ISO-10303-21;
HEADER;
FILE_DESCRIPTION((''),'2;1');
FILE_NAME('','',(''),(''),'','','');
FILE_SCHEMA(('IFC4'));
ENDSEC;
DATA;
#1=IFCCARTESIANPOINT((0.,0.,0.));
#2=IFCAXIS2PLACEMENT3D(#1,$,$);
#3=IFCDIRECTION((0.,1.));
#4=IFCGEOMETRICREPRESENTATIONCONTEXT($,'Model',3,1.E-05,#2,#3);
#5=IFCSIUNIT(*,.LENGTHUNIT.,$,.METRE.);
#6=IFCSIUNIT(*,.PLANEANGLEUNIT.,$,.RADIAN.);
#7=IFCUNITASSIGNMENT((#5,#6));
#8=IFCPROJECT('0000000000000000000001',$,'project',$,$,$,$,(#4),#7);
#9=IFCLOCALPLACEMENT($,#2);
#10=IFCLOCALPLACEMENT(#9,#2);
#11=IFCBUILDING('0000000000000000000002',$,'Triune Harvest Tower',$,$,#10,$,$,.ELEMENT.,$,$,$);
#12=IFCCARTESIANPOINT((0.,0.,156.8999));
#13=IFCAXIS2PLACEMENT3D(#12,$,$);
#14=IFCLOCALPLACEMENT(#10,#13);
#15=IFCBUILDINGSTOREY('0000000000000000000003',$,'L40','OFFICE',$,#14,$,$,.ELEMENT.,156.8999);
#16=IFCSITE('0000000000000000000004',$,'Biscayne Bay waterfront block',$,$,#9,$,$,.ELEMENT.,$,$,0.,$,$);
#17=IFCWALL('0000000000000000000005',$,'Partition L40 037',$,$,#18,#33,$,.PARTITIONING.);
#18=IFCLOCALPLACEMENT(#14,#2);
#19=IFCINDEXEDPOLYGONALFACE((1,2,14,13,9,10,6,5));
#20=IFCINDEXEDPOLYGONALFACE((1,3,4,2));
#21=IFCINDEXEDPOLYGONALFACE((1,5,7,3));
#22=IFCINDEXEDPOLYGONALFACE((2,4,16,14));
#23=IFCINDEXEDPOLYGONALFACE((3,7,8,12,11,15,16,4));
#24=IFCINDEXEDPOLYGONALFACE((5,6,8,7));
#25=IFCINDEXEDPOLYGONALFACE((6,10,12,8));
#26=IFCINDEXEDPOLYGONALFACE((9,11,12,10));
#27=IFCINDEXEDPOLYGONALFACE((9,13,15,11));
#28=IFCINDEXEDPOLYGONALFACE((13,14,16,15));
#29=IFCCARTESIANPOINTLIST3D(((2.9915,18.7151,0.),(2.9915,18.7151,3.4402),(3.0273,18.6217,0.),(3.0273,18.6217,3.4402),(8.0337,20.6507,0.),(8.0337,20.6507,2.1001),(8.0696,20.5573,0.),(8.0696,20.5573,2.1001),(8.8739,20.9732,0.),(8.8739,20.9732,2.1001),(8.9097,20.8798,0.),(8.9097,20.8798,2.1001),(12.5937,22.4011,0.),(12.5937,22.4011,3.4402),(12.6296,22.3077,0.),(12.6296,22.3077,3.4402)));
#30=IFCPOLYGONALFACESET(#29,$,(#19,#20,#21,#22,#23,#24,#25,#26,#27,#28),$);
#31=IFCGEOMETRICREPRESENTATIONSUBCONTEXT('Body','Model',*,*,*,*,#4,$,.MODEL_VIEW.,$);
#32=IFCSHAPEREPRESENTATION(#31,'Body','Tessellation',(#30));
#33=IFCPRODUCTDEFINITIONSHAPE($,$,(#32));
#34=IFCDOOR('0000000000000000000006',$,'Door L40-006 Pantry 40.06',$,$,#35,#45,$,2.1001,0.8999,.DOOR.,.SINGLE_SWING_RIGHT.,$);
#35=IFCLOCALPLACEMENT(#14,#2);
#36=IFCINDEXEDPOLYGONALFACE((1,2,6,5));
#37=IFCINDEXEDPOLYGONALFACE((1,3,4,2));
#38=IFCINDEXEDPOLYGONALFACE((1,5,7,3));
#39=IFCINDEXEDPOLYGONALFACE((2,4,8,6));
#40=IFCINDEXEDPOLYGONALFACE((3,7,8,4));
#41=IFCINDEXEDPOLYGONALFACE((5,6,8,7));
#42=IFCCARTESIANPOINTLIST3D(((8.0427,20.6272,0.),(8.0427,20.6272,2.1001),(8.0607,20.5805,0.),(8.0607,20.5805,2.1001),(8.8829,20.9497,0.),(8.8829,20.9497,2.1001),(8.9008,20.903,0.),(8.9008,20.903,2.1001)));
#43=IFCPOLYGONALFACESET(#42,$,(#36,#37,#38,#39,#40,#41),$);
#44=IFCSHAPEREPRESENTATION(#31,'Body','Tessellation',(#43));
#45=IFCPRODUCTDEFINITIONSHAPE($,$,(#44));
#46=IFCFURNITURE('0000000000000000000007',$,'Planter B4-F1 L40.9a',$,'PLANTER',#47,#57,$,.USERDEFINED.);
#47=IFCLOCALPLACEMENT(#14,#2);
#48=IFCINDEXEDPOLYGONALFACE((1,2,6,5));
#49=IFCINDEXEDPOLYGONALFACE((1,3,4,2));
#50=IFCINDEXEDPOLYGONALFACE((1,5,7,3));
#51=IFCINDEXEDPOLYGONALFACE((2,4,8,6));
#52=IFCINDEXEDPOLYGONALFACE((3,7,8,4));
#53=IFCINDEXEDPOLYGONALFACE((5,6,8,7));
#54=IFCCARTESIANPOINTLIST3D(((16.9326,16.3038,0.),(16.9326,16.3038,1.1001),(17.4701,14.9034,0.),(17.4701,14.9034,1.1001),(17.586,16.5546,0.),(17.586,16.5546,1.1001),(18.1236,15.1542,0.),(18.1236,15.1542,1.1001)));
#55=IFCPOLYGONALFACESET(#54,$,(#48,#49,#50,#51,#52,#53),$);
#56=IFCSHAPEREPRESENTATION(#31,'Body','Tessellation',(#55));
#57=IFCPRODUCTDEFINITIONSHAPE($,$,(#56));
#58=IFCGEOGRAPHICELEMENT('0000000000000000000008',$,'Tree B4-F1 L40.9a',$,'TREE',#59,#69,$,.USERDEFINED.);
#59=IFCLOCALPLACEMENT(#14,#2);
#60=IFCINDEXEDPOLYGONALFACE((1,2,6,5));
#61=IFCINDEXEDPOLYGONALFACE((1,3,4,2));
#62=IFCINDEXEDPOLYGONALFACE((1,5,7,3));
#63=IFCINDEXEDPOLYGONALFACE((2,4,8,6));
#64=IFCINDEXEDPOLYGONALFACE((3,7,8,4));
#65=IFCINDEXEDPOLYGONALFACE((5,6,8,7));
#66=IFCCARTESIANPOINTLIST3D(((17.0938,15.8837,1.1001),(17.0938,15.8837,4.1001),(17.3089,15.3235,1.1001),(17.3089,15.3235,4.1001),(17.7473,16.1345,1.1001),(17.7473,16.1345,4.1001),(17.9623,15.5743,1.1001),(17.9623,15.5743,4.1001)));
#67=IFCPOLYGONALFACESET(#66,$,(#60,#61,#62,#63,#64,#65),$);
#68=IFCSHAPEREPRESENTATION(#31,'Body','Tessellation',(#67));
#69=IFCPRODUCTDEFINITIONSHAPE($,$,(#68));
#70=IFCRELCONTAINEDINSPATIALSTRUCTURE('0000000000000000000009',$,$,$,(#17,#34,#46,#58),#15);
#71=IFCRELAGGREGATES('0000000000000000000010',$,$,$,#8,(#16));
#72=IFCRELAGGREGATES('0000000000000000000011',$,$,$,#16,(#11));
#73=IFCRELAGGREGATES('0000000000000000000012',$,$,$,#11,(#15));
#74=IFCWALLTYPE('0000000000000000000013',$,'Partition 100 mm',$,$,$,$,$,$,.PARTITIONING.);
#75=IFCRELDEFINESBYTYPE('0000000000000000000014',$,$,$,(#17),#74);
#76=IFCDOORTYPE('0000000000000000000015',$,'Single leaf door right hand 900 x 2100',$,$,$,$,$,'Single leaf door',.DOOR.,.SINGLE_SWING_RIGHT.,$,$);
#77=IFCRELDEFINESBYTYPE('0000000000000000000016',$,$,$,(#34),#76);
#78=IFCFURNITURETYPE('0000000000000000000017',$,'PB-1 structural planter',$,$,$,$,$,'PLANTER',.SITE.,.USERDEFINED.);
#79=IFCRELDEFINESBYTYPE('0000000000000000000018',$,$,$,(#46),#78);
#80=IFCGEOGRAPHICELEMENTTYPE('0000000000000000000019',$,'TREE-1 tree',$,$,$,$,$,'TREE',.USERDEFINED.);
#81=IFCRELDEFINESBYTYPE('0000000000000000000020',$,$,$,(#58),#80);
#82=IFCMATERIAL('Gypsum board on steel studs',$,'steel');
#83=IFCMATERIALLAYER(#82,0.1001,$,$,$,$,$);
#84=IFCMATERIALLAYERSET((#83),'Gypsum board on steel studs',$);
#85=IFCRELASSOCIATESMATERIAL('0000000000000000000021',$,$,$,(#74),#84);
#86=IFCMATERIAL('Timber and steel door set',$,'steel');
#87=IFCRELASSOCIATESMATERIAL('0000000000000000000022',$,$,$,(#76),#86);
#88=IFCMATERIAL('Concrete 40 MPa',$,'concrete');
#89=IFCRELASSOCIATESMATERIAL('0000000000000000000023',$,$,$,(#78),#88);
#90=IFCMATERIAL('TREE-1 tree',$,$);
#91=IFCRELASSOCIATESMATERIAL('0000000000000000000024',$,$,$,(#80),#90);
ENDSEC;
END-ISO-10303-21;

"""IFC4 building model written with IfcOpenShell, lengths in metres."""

from ifc_helpers import new_model, si_unit, direction, frame, frame_2d, origin, origin_2d, place, context, subcontext, project, spatial, rectangle, extrude, source, transform, mapped, material, layer, layer_set, type_object, element, fill, save


model = new_model("IFC4")

# Units and contexts
model_context = context("Model", 3, precision=1e-05, world=origin(), true_north=direction((0.0, 1.0)))
body_context = subcontext(model_context, "Body", "Model", "MODEL_VIEW")
ifc_project = project(units=[si_unit("LENGTHUNIT", "METRE"), si_unit("PLANEANGLEUNIT", "RADIAN")], contexts=[model_context])

# Site, building, storey
site_placement = place(None, origin())
site = spatial("IfcSite", under=ifc_project, at=site_placement, Name="Biscayne Bay waterfront block", CompositionType="ELEMENT", RefElevation=0.0)
building_placement = place(site_placement, origin())
building = spatial("IfcBuilding", under=site, at=building_placement, Name="Triune Harvest Tower", CompositionType="ELEMENT")
storey_placement = place(building_placement, frame((0.0, 0.0, 156.8999)))
storey = spatial("IfcBuildingStorey", under=building, at=storey_placement, Name="L40", Description="OFFICE", CompositionType="ELEMENT", Elevation=156.8999)

# Shared definitions
ifc_material_1 = material(Name="Gypsum board on steel studs", Category="steel")
ifc_layer_1 = layer(ifc_material_1, 0.1001)
ifc_layer_set_1 = layer_set([ifc_layer_1], Name="Gypsum board on steel studs")
wall_type_1 = type_object("IfcWallType", Name="Partition 100 mm", PredefinedType="PARTITIONING", material=ifc_layer_set_1)

# Wall, opening, door
shared_shape_1 = source(origin(), body_context, "Body", "SweptSolid", [
    extrude(rectangle(XDim=10.2854, YDim=0.1001, at=frame_2d((5.1426, 0.0))), origin(), (0.0, 0.0, 1.0), 3.4402),
])
wall_1_placement = place(storey_placement, frame((3.0095, 18.6685, 0.0), z_axis=(0.0, 0.0, 1.0), x_axis=(0.933578, 0.358373, 0.0)))
wall_1 = element("IfcWall", 1, at=wall_1_placement, inside=storey, type_object=wall_type_1, Name="Partition L40 037", PredefinedType="PARTITIONING", context=body_context, shape_type="MappedRepresentation", body=[
    mapped(shared_shape_1, transform((0.0, 0.0, 0.0), scale=1.0)),
])
opening_1_placement = place(wall_1_placement, frame((5.4009, 0.0, 0.0)))
opening_1 = element("IfcOpeningElement", 2, at=opening_1_placement, cuts=wall_1, PredefinedType="OPENING", context=body_context, shape_type="SweptSolid", body=[
    extrude(rectangle(XDim=0.8999, YDim=2.1001, at=frame_2d((0.45, 1.05))), frame((0.0, 0.0601, 0.0), z_axis=(0.0, -1.0, 0.0), x_axis=(1.0, 0.0, 0.0)), (0.0, 0.0, 1.0), 0.1201),
])
ifc_material_2 = material(Name="Timber and steel door set", Category="steel")
door_type_1 = type_object("IfcDoorType", Name="Single leaf door right hand 900 x 2100", ElementType="Single leaf door", OperationType="SINGLE_SWING_RIGHT", PredefinedType="DOOR", material=ifc_material_2)
door_1_placement = place(opening_1_placement, origin())
door_1 = element("IfcDoor", 3, at=door_1_placement, inside=storey, type_object=door_type_1, Name="Door L40-006 Pantry 40.06", OperationType="SINGLE_SWING_RIGHT", OverallHeight=2.1001, OverallWidth=0.8999, PredefinedType="DOOR", context=body_context, shape_type="SweptSolid", body=[
    extrude(rectangle(XDim=0.8999, YDim=2.1001, at=frame_2d((0.45, 1.05))), frame((0.0, 0.0249, 0.0), z_axis=(0.0, -1.0, 0.0), x_axis=(1.0, 0.0, 0.0)), (0.0, 0.0, 1.0), 0.05),
])
fill(opening_1, door_1)

# Furniture
ifc_material_3 = material(Name="Concrete 40 MPa", Category="concrete")
furniture_type = type_object("IfcFurnitureType", Name="PB-1 structural planter", ElementType="PLANTER", AssemblyPlace="SITE", PredefinedType="USERDEFINED", material=ifc_material_3)
shared_shape_2 = source(origin(), body_context, "Body", "SweptSolid", [
    extrude(rectangle(XDim=1.5, YDim=0.7, at=origin_2d()), origin(), (0.0, 0.0, 1.0), 1.1001),
])
furniture_placement = place(storey_placement, frame((17.5281, 15.729, 0.0), z_axis=(0.0, 0.0, 1.0), x_axis=(-0.358369, 0.93358, 0.0)))
element("IfcFurniture", 4, at=furniture_placement, inside=storey, type_object=furniture_type, Name="Planter B4-F1 L40.9a", ObjectType="PLANTER", PredefinedType="USERDEFINED", context=body_context, shape_type="MappedRepresentation", body=[
    mapped(shared_shape_2, transform((0.0, 0.0, 0.0), scale=1.0)),
])

# Geographic element
ifc_material_4 = material(Name="TREE-1 tree")
geographic_element_type = type_object("IfcGeographicElementType", Name="TREE-1 tree", ElementType="TREE", PredefinedType="USERDEFINED", material=ifc_material_4)
shared_shape_3 = source(origin(), body_context, "Body", "SweptSolid", [
    extrude(rectangle(XDim=0.6001, YDim=0.7, at=origin_2d()), origin(), (0.0, 0.0, 1.0), 3.0),
])
geographic_element_placement = place(storey_placement, frame((17.5281, 15.729, 1.1001), z_axis=(0.0, 0.0, 1.0), x_axis=(-0.358369, 0.93358, 0.0)))
element("IfcGeographicElement", 5, at=geographic_element_placement, inside=storey, type_object=geographic_element_type, Name="Tree B4-F1 L40.9a", ObjectType="TREE", PredefinedType="USERDEFINED", context=body_context, shape_type="MappedRepresentation", body=[
    mapped(shared_shape_3, transform((0.0, 0.0, 0.0), scale=1.0)),
])

save(model, "model.ifc")
